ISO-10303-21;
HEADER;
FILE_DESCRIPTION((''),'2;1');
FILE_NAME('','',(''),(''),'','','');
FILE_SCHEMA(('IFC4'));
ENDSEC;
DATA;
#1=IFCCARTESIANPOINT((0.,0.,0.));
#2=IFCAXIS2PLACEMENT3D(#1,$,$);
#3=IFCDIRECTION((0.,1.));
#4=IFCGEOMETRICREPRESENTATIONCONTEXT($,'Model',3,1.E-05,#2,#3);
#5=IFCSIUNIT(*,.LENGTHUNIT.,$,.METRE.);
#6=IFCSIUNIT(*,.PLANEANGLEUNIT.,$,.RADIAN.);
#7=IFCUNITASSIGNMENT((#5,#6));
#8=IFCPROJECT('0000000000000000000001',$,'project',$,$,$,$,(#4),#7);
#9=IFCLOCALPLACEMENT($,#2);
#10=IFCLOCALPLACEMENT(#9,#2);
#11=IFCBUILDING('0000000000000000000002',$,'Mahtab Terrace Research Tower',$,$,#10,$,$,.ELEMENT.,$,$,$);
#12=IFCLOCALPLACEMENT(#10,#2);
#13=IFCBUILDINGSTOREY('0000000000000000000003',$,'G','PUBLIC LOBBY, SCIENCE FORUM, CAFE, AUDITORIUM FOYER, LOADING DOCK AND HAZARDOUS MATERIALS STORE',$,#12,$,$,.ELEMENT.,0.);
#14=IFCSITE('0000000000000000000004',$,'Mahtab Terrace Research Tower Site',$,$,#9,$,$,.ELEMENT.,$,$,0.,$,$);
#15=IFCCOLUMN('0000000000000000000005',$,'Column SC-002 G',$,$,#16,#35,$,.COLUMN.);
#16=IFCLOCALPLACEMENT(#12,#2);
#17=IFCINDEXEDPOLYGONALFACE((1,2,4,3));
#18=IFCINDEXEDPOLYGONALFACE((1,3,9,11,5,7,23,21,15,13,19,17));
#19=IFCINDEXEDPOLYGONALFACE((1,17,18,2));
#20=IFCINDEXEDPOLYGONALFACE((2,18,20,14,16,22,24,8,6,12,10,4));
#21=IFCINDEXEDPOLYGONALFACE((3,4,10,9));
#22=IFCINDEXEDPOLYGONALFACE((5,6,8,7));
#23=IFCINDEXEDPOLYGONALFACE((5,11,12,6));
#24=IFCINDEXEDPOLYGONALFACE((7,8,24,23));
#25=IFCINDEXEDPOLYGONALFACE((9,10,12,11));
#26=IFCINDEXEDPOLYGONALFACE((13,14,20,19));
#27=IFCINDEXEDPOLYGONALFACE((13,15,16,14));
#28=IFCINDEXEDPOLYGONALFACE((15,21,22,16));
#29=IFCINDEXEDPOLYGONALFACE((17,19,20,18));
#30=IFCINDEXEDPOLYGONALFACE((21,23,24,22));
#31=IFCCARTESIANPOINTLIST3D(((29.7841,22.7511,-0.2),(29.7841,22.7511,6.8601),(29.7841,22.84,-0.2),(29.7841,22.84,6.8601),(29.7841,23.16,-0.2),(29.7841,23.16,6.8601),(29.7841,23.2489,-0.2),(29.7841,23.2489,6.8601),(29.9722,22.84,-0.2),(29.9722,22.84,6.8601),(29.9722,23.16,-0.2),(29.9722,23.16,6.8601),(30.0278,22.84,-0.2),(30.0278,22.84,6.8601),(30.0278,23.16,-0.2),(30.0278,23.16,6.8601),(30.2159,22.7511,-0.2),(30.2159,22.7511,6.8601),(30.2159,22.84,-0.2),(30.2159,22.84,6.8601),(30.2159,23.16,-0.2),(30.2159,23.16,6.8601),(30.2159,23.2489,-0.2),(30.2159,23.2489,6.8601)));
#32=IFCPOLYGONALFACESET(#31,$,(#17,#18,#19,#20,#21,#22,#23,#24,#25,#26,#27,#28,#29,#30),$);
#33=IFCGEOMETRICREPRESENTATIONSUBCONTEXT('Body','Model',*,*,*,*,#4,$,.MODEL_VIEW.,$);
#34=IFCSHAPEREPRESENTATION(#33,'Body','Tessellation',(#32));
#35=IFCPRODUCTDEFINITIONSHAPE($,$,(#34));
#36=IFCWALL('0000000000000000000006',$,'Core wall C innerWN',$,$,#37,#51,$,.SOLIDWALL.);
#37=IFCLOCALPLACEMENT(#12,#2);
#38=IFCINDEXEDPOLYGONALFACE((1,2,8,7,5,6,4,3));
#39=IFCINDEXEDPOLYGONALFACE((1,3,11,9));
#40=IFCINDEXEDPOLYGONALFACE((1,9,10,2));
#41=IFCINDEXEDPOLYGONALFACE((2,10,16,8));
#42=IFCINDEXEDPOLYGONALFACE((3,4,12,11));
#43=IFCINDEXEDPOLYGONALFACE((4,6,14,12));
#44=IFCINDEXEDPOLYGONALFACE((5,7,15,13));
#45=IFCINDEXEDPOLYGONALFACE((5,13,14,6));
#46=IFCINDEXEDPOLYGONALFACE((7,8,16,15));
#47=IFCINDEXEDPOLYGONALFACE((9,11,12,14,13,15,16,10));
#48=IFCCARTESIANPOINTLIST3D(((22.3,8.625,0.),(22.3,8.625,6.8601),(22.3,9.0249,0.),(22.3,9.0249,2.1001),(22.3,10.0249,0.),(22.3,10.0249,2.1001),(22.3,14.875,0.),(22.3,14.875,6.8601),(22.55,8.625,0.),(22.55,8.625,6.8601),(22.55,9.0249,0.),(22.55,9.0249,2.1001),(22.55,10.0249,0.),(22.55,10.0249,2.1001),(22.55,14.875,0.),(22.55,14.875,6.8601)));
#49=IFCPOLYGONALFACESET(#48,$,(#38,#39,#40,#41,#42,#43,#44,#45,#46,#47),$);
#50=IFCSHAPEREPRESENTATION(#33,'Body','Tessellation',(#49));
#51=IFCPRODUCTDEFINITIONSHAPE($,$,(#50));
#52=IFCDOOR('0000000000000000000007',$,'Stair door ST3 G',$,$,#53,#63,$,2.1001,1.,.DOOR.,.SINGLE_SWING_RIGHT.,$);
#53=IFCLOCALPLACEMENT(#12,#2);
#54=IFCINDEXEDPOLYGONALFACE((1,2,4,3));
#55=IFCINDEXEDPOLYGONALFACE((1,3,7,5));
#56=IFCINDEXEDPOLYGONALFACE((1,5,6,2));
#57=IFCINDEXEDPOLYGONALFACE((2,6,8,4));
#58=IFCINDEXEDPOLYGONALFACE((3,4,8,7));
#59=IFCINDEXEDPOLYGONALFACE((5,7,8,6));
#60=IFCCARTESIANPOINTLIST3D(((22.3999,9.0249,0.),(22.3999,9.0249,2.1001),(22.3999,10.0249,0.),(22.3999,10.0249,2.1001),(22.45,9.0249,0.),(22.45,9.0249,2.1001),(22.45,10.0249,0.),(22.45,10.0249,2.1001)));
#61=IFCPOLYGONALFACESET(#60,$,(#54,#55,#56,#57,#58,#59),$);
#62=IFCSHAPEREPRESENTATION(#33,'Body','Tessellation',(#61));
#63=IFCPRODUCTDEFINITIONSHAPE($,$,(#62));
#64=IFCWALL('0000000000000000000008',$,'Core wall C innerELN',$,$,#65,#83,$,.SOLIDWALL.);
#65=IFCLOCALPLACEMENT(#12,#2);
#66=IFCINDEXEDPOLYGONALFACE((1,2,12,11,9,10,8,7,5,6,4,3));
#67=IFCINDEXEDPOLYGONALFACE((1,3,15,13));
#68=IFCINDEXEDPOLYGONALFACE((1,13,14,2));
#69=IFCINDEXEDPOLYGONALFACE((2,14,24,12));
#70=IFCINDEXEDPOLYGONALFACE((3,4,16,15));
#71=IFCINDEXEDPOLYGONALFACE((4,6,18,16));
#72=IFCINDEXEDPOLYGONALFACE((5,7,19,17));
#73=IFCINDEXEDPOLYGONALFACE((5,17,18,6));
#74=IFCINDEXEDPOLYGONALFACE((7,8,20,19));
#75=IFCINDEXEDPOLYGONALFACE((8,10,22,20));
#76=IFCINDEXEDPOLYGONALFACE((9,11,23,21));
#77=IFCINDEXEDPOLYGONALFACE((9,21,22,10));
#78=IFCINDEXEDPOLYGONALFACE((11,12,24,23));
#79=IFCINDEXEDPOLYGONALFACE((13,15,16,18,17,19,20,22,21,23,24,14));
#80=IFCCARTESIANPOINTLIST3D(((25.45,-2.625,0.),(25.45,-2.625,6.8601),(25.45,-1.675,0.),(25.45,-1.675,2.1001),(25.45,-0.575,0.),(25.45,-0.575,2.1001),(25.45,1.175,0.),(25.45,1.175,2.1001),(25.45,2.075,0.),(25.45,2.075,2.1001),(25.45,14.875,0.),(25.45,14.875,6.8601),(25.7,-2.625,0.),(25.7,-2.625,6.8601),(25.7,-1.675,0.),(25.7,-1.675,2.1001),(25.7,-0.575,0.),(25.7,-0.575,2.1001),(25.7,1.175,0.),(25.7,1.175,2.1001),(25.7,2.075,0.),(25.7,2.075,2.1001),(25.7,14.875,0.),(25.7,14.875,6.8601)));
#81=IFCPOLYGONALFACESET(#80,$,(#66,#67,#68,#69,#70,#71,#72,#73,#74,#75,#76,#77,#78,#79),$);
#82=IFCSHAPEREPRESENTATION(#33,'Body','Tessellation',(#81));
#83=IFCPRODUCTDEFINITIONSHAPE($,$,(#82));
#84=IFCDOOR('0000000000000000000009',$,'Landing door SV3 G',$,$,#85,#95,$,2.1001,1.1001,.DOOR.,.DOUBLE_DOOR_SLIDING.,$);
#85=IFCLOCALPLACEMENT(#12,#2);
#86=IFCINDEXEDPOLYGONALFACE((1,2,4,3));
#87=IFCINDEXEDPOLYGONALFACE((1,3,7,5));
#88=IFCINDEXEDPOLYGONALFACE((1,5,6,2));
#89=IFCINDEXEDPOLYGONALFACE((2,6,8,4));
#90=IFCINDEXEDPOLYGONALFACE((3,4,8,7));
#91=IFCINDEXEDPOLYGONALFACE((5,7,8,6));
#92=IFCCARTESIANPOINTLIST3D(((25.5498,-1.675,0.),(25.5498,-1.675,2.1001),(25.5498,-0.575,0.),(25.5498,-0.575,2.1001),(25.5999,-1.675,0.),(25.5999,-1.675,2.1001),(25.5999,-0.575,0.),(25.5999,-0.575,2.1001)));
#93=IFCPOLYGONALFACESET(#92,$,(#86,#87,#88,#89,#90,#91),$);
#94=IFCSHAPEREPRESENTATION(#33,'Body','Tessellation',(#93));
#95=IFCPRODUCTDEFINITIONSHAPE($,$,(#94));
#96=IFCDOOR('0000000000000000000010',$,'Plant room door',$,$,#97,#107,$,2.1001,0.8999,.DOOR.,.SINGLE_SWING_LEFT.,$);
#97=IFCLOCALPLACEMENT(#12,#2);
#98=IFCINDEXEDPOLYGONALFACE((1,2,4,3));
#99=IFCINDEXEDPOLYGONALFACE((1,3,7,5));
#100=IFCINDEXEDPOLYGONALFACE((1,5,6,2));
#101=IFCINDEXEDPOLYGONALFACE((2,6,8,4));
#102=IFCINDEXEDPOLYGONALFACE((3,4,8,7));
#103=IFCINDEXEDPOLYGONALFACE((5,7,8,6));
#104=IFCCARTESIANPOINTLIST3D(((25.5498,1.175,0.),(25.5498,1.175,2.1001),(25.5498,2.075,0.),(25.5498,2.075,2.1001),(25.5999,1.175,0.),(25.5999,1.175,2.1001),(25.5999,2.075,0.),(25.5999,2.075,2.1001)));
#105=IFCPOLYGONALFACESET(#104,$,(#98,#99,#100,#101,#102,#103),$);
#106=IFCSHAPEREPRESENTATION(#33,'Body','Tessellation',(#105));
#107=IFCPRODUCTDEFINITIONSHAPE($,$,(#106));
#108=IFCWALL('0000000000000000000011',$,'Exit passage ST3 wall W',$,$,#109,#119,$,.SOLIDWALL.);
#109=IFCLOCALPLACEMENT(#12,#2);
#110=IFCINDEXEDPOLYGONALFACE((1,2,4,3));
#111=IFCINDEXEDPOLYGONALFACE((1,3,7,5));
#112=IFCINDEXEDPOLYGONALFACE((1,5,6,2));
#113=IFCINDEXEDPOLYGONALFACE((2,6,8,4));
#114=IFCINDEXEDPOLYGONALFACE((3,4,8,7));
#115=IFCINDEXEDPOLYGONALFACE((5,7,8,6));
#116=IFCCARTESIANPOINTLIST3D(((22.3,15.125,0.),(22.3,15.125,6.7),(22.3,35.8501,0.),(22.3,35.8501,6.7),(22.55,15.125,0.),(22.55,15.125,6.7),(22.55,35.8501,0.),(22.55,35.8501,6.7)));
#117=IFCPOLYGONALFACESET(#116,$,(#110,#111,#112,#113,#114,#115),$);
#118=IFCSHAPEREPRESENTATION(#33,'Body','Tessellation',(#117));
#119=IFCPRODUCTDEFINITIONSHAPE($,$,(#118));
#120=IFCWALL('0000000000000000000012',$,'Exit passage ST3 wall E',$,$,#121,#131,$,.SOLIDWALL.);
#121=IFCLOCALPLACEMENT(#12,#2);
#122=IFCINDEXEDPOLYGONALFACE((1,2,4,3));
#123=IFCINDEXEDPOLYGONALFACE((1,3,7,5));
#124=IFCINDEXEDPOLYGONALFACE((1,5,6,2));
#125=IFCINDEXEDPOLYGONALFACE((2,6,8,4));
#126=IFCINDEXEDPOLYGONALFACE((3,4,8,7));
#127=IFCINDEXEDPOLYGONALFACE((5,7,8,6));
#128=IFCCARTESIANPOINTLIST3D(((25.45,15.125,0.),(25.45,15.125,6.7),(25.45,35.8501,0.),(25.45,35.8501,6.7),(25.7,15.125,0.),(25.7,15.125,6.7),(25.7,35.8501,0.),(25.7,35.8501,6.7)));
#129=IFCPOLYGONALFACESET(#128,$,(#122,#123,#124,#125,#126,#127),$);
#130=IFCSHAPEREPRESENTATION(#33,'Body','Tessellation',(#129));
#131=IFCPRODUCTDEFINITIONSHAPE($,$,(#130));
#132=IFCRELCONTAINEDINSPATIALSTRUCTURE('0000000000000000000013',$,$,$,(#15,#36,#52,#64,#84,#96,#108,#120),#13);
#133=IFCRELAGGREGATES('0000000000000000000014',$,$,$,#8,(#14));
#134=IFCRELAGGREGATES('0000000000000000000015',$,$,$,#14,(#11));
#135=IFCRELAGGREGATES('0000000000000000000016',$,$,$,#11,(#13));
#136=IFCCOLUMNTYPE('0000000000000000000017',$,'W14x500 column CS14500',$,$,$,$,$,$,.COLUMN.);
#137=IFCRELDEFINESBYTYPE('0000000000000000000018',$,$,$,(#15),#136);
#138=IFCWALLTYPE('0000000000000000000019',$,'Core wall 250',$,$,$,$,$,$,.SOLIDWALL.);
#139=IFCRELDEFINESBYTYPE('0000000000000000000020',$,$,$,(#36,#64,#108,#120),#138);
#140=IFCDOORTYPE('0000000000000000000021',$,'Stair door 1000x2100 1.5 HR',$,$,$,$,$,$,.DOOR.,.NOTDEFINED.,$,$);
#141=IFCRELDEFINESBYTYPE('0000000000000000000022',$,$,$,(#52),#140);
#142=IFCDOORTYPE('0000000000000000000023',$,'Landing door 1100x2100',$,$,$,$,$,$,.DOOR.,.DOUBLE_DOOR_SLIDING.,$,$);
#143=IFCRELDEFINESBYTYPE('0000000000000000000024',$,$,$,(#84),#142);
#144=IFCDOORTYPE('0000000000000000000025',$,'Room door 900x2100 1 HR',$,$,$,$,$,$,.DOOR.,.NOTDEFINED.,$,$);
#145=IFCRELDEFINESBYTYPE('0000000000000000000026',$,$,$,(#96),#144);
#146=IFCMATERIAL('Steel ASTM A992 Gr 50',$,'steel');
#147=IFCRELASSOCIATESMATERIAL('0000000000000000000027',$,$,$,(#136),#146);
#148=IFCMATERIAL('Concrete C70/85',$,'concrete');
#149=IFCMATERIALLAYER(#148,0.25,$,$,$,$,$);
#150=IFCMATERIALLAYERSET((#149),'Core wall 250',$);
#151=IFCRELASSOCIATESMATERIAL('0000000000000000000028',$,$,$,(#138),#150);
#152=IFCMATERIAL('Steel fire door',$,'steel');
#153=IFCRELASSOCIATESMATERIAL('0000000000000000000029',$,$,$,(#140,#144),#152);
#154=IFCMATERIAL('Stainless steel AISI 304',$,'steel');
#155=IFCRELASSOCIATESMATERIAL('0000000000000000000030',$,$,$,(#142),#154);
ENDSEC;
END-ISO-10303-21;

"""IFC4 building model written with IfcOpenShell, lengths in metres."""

from ifc_helpers import new_model, si_unit, direction, frame, frame_2d, origin, origin_2d, place, context, subcontext, project, spatial, rectangle, i_section, extrude, material, layer, layer_set, material_profile, profile_set, type_object, element, fill, save


model = new_model("IFC4")

# Units and contexts
model_context = context("Model", 3, precision=1e-05, world=origin(), true_north=direction((0.0, 1.0)))
body_context = subcontext(model_context, "Body", "Model", "MODEL_VIEW")
ifc_project = project(units=[si_unit("LENGTHUNIT", "METRE"), si_unit("PLANEANGLEUNIT", "RADIAN")], contexts=[model_context])

# Site, building, storey
site_placement = place(None, origin())
site = spatial("IfcSite", under=ifc_project, at=site_placement, Name="Mahtab Terrace Research Tower Site", CompositionType="ELEMENT", RefElevation=0.0)
building_placement = place(site_placement, origin())
building = spatial("IfcBuilding", under=site, at=building_placement, Name="Mahtab Terrace Research Tower", CompositionType="ELEMENT")
storey_placement = place(building_placement, origin())
storey = spatial("IfcBuildingStorey", under=building, at=storey_placement, Name="G", Description="PUBLIC LOBBY, SCIENCE FORUM, CAFE, AUDITORIUM FOYER, LOADING DOCK AND HAZARDOUS MATERIALS STORE", CompositionType="ELEMENT", Elevation=0.0)

# Column
ifc_material_1 = material(Name="Steel ASTM A992 Gr 50", Category="steel")
ifc_material_profile_1 = material_profile(ifc_material_1, i_section(OverallWidth=0.4319, OverallDepth=0.4978, WebThickness=0.0557, FlangeThickness=0.0889, at=origin_2d()), Name="W14X500")
ifc_profile_set_1 = profile_set([ifc_material_profile_1], Name="Steel ASTM A992 Gr 50")
column_type = type_object("IfcColumnType", Name="W14x500 column CS14500", PredefinedType="COLUMN", material=ifc_profile_set_1)
column_placement = place(storey_placement, frame((30.0, 23.0, -0.2), z_axis=(0.0, 0.0, 1.0), x_axis=(1.0, 0.0, 0.0)))
element("IfcColumn", 1, at=column_placement, inside=storey, type_object=column_type, Name="Column SC-002 G", PredefinedType="COLUMN", context=body_context, shape_type="SweptSolid", body=[
    extrude(i_section(OverallWidth=0.4319, OverallDepth=0.4978, WebThickness=0.0557, FlangeThickness=0.0889, at=origin_2d()), origin(), (0.0, 0.0, 1.0), 7.0601),
])

# Wall, opening, door
ifc_material_2 = material(Name="Concrete C70/85", Category="concrete")
ifc_layer_1 = layer(ifc_material_2, 0.25)
ifc_layer_set_1 = layer_set([ifc_layer_1], Name="Core wall 250")
wall_type_1 = type_object("IfcWallType", Name="Core wall 250", PredefinedType="SOLIDWALL", material=ifc_layer_set_1)
wall_1_placement = place(storey_placement, frame((22.425, 14.875, 0.0), z_axis=(0.0, 0.0, 1.0), x_axis=(0.0, -1.0, 0.0)))
wall_1 = element("IfcWall", 2, at=wall_1_placement, inside=storey, type_object=wall_type_1, Name="Core wall C innerWN", PredefinedType="SOLIDWALL", context=body_context, shape_type="SweptSolid", body=[
    extrude(rectangle(XDim=6.25, YDim=0.25, at=frame_2d((3.125, 0.0))), origin(), (0.0, 0.0, 1.0), 6.8601),
])
opening_1_placement = place(wall_1_placement, frame((4.8501, 0.0, 0.0)))
opening_1 = element("IfcOpeningElement", 3, at=opening_1_placement, cuts=wall_1, PredefinedType="OPENING", context=body_context, shape_type="SweptSolid", body=[
    extrude(rectangle(XDim=1.0, YDim=2.1001, at=frame_2d((0.5, 1.05))), frame((0.0, 0.135, 0.0), z_axis=(0.0, -1.0, 0.0), x_axis=(1.0, 0.0, 0.0)), (0.0, 0.0, 1.0), 0.27),
])
ifc_material_3 = material(Name="Steel fire door", Category="steel")
door_type_1 = type_object("IfcDoorType", Name="Stair door 1000x2100 1.5 HR", OperationType="NOTDEFINED", PredefinedType="DOOR", material=ifc_material_3)
door_1_placement = place(opening_1_placement, origin())
door_1 = element("IfcDoor", 4, at=door_1_placement, inside=storey, type_object=door_type_1, Name="Stair door ST3 G", OperationType="SINGLE_SWING_RIGHT", OverallHeight=2.1001, OverallWidth=1.0, PredefinedType="DOOR", context=body_context, shape_type="SweptSolid", body=[
    extrude(rectangle(XDim=1.0, YDim=2.1001, at=frame_2d((0.5, 1.05))), frame((0.0, 0.0249, 0.0), z_axis=(0.0, -1.0, 0.0), x_axis=(1.0, 0.0, 0.0)), (0.0, 0.0, 1.0), 0.05),
])
fill(opening_1, door_1)

# Wall, openings, doors
wall_2_placement = place(storey_placement, frame((25.575, 14.875, 0.0), z_axis=(0.0, 0.0, 1.0), x_axis=(0.0, -1.0, 0.0)))
wall_2 = element("IfcWall", 5, at=wall_2_placement, inside=storey, type_object=wall_type_1, Name="Core wall C innerELN", PredefinedType="SOLIDWALL", context=body_context, shape_type="SweptSolid", body=[
    extrude(rectangle(XDim=17.5, YDim=0.25, at=frame_2d((8.75, 0.0))), origin(), (0.0, 0.0, 1.0), 6.8601),
])
opening_2_placement = place(wall_2_placement, frame((15.45, 0.0, 0.0)))
opening_2 = element("IfcOpeningElement", 6, at=opening_2_placement, cuts=wall_2, PredefinedType="OPENING", context=body_context, shape_type="SweptSolid", body=[
    extrude(rectangle(XDim=1.1001, YDim=2.1001, at=frame_2d((0.55, 1.05))), frame((0.0, 0.135, 0.0), z_axis=(0.0, -1.0, 0.0), x_axis=(1.0, 0.0, 0.0)), (0.0, 0.0, 1.0), 0.27),
])
opening_3_placement = place(wall_2_placement, frame((12.8, 0.0, 0.0)))
opening_3 = element("IfcOpeningElement", 7, at=opening_3_placement, cuts=wall_2, PredefinedType="OPENING", context=body_context, shape_type="SweptSolid", body=[
    extrude(rectangle(XDim=0.8999, YDim=2.1001, at=frame_2d((0.45, 1.05))), frame((0.0, 0.135, 0.0), z_axis=(0.0, -1.0, 0.0), x_axis=(1.0, 0.0, 0.0)), (0.0, 0.0, 1.0), 0.27),
])
ifc_material_4 = material(Name="Stainless steel AISI 304", Category="steel")
door_type_2 = type_object("IfcDoorType", Name="Landing door 1100x2100", OperationType="DOUBLE_DOOR_SLIDING", PredefinedType="DOOR", material=ifc_material_4)
door_2_placement = place(opening_2_placement, origin())
door_2 = element("IfcDoor", 8, at=door_2_placement, inside=storey, type_object=door_type_2, Name="Landing door SV3 G", OperationType="DOUBLE_DOOR_SLIDING", OverallHeight=2.1001, OverallWidth=1.1001, PredefinedType="DOOR", context=body_context, shape_type="SweptSolid", body=[
    extrude(rectangle(XDim=1.1001, YDim=2.1001, at=frame_2d((0.55, 1.05))), frame((0.0, 0.0249, 0.0), z_axis=(0.0, -1.0, 0.0), x_axis=(1.0, 0.0, 0.0)), (0.0, 0.0, 1.0), 0.05),
])
fill(opening_2, door_2)
door_type_3 = type_object("IfcDoorType", Name="Room door 900x2100 1 HR", OperationType="NOTDEFINED", PredefinedType="DOOR", material=ifc_material_3)
door_3_placement = place(opening_3_placement, origin())
door_3 = element("IfcDoor", 9, at=door_3_placement, inside=storey, type_object=door_type_3, Name="Plant room door", OperationType="SINGLE_SWING_LEFT", OverallHeight=2.1001, OverallWidth=0.8999, PredefinedType="DOOR", context=body_context, shape_type="SweptSolid", body=[
    extrude(rectangle(XDim=0.8999, YDim=2.1001, at=frame_2d((0.45, 1.05))), frame((0.0, 0.0249, 0.0), z_axis=(0.0, -1.0, 0.0), x_axis=(1.0, 0.0, 0.0)), (0.0, 0.0, 1.0), 0.05),
])
fill(opening_3, door_3)

# Walls
for number, where, z_axis, x_axis, name in (
    (10, (22.425, 15.125, 0.0), (0.0, 0.0, 1.0), (0.0, 1.0, 0.0), "Exit passage ST3 wall W"),
    (11, (25.575, 15.125, 0.0), (0.0, 0.0, 1.0), (0.0, 1.0, 0.0), "Exit passage ST3 wall E"),
):
    element("IfcWall", number, at=place(storey_placement, frame(where, z_axis=z_axis, x_axis=x_axis)), inside=storey, type_object=wall_type_1, Name=name, PredefinedType="SOLIDWALL", context=body_context, shape_type="SweptSolid", body=[
        extrude(rectangle(XDim=20.7251, YDim=0.25, at=frame_2d((10.3625, 0.0))), origin(), (0.0, 0.0, 1.0), 6.7),
    ])

save(model, "model.ifc")
